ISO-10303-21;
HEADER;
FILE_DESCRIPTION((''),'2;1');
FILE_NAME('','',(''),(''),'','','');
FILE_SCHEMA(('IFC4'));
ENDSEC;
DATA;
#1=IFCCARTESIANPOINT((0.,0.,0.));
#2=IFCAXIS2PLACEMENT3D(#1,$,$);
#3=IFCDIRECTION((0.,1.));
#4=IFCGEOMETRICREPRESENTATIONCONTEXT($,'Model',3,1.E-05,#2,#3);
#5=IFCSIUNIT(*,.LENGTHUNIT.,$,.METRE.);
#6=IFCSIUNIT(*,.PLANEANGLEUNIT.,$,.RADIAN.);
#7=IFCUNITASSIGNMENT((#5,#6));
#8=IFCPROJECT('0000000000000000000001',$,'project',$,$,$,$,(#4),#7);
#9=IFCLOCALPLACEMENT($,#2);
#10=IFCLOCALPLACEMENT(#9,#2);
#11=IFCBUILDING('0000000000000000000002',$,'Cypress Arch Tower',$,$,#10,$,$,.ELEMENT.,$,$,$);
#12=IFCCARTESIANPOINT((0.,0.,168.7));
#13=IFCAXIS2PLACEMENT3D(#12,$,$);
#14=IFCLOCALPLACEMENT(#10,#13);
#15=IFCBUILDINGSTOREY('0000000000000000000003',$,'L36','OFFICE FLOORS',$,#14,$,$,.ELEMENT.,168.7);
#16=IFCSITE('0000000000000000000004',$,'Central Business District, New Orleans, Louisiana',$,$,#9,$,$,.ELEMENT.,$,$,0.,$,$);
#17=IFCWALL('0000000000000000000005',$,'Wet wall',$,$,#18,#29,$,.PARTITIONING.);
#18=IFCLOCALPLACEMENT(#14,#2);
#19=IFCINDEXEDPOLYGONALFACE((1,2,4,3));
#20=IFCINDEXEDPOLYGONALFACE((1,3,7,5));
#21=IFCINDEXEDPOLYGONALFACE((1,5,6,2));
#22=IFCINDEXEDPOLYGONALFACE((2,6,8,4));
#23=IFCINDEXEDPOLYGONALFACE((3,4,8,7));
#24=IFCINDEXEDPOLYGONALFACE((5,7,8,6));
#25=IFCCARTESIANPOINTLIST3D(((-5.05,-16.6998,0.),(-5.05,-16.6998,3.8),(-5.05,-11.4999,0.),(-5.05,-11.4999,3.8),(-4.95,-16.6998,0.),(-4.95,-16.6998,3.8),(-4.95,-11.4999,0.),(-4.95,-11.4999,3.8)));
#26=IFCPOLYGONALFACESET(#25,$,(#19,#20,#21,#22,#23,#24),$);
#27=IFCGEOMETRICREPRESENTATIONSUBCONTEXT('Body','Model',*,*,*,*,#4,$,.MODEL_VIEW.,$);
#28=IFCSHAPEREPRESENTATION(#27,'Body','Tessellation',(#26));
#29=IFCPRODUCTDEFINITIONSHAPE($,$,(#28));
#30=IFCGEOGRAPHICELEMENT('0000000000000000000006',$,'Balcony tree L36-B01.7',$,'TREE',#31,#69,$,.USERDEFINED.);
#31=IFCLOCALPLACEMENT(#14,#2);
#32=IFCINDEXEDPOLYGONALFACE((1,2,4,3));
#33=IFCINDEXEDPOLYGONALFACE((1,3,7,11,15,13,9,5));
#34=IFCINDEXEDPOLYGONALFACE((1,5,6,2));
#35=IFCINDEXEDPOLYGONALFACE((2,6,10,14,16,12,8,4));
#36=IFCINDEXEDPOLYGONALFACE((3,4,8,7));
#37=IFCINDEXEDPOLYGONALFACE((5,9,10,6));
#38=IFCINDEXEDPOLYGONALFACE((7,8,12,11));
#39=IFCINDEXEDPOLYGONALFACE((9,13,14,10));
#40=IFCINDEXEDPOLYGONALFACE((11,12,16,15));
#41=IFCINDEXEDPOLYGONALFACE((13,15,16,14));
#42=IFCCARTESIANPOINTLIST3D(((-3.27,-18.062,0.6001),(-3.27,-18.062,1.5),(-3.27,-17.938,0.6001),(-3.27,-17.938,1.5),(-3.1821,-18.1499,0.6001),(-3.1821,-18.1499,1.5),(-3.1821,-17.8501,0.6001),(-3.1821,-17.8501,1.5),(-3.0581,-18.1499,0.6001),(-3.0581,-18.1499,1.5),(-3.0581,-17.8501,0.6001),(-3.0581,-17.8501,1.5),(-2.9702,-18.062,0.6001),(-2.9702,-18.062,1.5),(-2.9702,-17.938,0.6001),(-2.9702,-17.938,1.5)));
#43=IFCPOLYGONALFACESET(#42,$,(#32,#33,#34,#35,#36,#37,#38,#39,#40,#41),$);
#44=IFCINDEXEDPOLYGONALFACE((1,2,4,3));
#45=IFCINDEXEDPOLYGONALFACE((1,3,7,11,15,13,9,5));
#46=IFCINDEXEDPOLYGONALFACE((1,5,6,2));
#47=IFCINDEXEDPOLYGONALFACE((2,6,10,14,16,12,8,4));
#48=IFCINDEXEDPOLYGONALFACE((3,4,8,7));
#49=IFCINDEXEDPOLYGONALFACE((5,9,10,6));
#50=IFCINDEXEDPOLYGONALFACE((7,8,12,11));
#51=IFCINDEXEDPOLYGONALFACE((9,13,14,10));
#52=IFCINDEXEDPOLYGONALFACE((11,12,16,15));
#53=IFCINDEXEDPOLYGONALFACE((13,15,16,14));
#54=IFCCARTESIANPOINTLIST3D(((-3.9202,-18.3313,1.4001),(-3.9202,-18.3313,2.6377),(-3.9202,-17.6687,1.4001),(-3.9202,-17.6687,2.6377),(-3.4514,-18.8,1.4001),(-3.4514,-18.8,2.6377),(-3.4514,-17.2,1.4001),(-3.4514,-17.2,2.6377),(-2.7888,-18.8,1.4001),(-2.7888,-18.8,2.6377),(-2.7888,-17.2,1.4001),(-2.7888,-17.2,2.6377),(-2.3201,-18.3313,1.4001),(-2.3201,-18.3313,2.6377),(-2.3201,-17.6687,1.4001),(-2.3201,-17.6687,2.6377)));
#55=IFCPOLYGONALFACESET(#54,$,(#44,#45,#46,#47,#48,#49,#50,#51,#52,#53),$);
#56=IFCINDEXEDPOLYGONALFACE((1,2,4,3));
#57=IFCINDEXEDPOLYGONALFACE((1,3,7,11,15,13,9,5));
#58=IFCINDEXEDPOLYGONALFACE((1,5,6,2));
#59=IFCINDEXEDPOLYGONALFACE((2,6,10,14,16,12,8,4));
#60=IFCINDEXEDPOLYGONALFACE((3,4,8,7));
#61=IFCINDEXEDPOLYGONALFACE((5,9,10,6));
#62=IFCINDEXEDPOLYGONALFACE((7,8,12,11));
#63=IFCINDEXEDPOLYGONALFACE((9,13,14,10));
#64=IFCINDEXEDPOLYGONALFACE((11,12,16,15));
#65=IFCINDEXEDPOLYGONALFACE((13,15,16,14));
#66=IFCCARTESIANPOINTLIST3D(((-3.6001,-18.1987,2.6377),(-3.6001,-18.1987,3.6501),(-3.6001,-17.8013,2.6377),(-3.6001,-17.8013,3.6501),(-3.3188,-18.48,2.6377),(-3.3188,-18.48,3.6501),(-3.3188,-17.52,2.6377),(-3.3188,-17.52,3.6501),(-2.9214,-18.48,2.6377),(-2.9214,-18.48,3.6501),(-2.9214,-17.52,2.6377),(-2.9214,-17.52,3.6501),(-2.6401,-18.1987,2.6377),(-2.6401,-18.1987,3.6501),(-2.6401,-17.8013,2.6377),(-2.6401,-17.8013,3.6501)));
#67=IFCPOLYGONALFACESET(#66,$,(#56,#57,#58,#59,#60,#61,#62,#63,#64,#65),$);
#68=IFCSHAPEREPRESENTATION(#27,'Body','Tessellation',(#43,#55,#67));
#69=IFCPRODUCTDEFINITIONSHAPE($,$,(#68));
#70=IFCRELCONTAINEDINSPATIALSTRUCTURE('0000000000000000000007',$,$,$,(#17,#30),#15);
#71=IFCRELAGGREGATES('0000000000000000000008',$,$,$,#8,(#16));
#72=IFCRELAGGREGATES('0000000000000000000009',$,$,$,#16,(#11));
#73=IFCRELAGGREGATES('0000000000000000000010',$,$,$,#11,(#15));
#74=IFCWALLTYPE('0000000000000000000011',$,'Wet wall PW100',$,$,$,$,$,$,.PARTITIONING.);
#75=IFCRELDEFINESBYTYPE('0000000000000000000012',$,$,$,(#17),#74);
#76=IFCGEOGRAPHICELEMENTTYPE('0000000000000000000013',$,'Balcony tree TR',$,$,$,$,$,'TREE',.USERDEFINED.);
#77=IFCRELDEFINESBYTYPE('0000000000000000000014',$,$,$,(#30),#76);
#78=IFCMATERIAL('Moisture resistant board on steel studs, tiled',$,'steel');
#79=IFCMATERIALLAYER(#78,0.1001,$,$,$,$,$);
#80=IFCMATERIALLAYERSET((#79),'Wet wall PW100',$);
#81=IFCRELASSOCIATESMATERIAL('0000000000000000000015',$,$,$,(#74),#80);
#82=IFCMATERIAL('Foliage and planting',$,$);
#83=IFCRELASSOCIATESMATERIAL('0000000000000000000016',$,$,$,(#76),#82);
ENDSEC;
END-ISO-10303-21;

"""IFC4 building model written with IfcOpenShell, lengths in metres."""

from ifc_helpers import new_model, si_unit, direction, frame, frame_2d, origin, place, context, subcontext, project, spatial, polyline, rectangle, outline, extrude, material, layer, layer_set, type_object, element, save


model = new_model("IFC4")

# Units and contexts
model_context = context("Model", 3, precision=1e-05, world=origin(), true_north=direction((0.0, 1.0)))
body_context = subcontext(model_context, "Body", "Model", "MODEL_VIEW")
ifc_project = project(units=[si_unit("LENGTHUNIT", "METRE"), si_unit("PLANEANGLEUNIT", "RADIAN")], contexts=[model_context])

# Site, building, storey
site_placement = place(None, origin())
site = spatial("IfcSite", under=ifc_project, at=site_placement, Name="Central Business District, New Orleans, Louisiana", CompositionType="ELEMENT", RefElevation=0.0)
building_placement = place(site_placement, origin())
building = spatial("IfcBuilding", under=site, at=building_placement, Name="Cypress Arch Tower", CompositionType="ELEMENT")
storey_placement = place(building_placement, frame((0.0, 0.0, 168.7)))
storey = spatial("IfcBuildingStorey", under=building, at=storey_placement, Name="L36", Description="OFFICE FLOORS", CompositionType="ELEMENT", Elevation=168.7)

# Wall
ifc_material_1 = material(Name="Moisture resistant board on steel studs, tiled", Category="steel")
ifc_layer_1 = layer(ifc_material_1, 0.1001)
ifc_layer_set_1 = layer_set([ifc_layer_1], Name="Wet wall PW100")
wall_type_1 = type_object("IfcWallType", Name="Wet wall PW100", PredefinedType="PARTITIONING", material=ifc_layer_set_1)
wall_1_placement = place(storey_placement, frame((-5.0, -16.7, 0.0), z_axis=(0.0, 0.0, 1.0), x_axis=(0.0, 1.0, 0.0)))
element("IfcWall", 1, at=wall_1_placement, inside=storey, type_object=wall_type_1, Name="Wet wall", PredefinedType="PARTITIONING", context=body_context, shape_type="SweptSolid", body=[
    extrude(rectangle(XDim=5.2, YDim=0.1001, at=frame_2d((2.6001, 0.0))), origin(), (0.0, 0.0, 1.0), 3.8),
])

# Geographic element
ifc_material_2 = material(Name="Foliage and planting")
geographic_element_type = type_object("IfcGeographicElementType", Name="Balcony tree TR", ElementType="TREE", PredefinedType="USERDEFINED", material=ifc_material_2)
geographic_element_placement = place(storey_placement, frame((-3.1201, -18.0, 0.6001), z_axis=(0.0, 0.0, 1.0), x_axis=(1.0, 0.0, 0.0)))
element("IfcGeographicElement", 2, at=geographic_element_placement, inside=storey, type_object=geographic_element_type, Name="Balcony tree L36-B01.7", ObjectType="TREE", PredefinedType="USERDEFINED", context=body_context, shape_type="SweptSolid", body=[
    extrude(outline(polyline([(0.1499, 0.062), (0.062, 0.1499), (-0.062, 0.1499), (-0.1499, 0.062), (-0.1499, -0.062), (-0.062, -0.1499), (0.062, -0.1499), (0.1499, -0.062), (0.1499, 0.062)])), origin(), (0.0, 0.0, 1.0), 0.8999),
    extrude(outline(polyline([(0.8, 0.3313), (0.3313, 0.8), (-0.3313, 0.8), (-0.8, 0.3313), (-0.8, -0.3313), (-0.3313, -0.8), (0.3313, -0.8), (0.8, -0.3313), (0.8, 0.3313)])), frame((0.0, 0.0, 0.8)), (0.0, 0.0, 1.0), 1.2375),
    extrude(outline(polyline([(0.48, 0.1987), (0.1987, 0.48), (-0.1987, 0.48), (-0.48, 0.1987), (-0.48, -0.1987), (-0.1987, -0.48), (0.1987, -0.48), (0.48, -0.1987), (0.48, 0.1987)])), frame((0.0, 0.0, 2.0376)), (0.0, 0.0, 1.0), 1.0125),
])

save(model, "model.ifc")
